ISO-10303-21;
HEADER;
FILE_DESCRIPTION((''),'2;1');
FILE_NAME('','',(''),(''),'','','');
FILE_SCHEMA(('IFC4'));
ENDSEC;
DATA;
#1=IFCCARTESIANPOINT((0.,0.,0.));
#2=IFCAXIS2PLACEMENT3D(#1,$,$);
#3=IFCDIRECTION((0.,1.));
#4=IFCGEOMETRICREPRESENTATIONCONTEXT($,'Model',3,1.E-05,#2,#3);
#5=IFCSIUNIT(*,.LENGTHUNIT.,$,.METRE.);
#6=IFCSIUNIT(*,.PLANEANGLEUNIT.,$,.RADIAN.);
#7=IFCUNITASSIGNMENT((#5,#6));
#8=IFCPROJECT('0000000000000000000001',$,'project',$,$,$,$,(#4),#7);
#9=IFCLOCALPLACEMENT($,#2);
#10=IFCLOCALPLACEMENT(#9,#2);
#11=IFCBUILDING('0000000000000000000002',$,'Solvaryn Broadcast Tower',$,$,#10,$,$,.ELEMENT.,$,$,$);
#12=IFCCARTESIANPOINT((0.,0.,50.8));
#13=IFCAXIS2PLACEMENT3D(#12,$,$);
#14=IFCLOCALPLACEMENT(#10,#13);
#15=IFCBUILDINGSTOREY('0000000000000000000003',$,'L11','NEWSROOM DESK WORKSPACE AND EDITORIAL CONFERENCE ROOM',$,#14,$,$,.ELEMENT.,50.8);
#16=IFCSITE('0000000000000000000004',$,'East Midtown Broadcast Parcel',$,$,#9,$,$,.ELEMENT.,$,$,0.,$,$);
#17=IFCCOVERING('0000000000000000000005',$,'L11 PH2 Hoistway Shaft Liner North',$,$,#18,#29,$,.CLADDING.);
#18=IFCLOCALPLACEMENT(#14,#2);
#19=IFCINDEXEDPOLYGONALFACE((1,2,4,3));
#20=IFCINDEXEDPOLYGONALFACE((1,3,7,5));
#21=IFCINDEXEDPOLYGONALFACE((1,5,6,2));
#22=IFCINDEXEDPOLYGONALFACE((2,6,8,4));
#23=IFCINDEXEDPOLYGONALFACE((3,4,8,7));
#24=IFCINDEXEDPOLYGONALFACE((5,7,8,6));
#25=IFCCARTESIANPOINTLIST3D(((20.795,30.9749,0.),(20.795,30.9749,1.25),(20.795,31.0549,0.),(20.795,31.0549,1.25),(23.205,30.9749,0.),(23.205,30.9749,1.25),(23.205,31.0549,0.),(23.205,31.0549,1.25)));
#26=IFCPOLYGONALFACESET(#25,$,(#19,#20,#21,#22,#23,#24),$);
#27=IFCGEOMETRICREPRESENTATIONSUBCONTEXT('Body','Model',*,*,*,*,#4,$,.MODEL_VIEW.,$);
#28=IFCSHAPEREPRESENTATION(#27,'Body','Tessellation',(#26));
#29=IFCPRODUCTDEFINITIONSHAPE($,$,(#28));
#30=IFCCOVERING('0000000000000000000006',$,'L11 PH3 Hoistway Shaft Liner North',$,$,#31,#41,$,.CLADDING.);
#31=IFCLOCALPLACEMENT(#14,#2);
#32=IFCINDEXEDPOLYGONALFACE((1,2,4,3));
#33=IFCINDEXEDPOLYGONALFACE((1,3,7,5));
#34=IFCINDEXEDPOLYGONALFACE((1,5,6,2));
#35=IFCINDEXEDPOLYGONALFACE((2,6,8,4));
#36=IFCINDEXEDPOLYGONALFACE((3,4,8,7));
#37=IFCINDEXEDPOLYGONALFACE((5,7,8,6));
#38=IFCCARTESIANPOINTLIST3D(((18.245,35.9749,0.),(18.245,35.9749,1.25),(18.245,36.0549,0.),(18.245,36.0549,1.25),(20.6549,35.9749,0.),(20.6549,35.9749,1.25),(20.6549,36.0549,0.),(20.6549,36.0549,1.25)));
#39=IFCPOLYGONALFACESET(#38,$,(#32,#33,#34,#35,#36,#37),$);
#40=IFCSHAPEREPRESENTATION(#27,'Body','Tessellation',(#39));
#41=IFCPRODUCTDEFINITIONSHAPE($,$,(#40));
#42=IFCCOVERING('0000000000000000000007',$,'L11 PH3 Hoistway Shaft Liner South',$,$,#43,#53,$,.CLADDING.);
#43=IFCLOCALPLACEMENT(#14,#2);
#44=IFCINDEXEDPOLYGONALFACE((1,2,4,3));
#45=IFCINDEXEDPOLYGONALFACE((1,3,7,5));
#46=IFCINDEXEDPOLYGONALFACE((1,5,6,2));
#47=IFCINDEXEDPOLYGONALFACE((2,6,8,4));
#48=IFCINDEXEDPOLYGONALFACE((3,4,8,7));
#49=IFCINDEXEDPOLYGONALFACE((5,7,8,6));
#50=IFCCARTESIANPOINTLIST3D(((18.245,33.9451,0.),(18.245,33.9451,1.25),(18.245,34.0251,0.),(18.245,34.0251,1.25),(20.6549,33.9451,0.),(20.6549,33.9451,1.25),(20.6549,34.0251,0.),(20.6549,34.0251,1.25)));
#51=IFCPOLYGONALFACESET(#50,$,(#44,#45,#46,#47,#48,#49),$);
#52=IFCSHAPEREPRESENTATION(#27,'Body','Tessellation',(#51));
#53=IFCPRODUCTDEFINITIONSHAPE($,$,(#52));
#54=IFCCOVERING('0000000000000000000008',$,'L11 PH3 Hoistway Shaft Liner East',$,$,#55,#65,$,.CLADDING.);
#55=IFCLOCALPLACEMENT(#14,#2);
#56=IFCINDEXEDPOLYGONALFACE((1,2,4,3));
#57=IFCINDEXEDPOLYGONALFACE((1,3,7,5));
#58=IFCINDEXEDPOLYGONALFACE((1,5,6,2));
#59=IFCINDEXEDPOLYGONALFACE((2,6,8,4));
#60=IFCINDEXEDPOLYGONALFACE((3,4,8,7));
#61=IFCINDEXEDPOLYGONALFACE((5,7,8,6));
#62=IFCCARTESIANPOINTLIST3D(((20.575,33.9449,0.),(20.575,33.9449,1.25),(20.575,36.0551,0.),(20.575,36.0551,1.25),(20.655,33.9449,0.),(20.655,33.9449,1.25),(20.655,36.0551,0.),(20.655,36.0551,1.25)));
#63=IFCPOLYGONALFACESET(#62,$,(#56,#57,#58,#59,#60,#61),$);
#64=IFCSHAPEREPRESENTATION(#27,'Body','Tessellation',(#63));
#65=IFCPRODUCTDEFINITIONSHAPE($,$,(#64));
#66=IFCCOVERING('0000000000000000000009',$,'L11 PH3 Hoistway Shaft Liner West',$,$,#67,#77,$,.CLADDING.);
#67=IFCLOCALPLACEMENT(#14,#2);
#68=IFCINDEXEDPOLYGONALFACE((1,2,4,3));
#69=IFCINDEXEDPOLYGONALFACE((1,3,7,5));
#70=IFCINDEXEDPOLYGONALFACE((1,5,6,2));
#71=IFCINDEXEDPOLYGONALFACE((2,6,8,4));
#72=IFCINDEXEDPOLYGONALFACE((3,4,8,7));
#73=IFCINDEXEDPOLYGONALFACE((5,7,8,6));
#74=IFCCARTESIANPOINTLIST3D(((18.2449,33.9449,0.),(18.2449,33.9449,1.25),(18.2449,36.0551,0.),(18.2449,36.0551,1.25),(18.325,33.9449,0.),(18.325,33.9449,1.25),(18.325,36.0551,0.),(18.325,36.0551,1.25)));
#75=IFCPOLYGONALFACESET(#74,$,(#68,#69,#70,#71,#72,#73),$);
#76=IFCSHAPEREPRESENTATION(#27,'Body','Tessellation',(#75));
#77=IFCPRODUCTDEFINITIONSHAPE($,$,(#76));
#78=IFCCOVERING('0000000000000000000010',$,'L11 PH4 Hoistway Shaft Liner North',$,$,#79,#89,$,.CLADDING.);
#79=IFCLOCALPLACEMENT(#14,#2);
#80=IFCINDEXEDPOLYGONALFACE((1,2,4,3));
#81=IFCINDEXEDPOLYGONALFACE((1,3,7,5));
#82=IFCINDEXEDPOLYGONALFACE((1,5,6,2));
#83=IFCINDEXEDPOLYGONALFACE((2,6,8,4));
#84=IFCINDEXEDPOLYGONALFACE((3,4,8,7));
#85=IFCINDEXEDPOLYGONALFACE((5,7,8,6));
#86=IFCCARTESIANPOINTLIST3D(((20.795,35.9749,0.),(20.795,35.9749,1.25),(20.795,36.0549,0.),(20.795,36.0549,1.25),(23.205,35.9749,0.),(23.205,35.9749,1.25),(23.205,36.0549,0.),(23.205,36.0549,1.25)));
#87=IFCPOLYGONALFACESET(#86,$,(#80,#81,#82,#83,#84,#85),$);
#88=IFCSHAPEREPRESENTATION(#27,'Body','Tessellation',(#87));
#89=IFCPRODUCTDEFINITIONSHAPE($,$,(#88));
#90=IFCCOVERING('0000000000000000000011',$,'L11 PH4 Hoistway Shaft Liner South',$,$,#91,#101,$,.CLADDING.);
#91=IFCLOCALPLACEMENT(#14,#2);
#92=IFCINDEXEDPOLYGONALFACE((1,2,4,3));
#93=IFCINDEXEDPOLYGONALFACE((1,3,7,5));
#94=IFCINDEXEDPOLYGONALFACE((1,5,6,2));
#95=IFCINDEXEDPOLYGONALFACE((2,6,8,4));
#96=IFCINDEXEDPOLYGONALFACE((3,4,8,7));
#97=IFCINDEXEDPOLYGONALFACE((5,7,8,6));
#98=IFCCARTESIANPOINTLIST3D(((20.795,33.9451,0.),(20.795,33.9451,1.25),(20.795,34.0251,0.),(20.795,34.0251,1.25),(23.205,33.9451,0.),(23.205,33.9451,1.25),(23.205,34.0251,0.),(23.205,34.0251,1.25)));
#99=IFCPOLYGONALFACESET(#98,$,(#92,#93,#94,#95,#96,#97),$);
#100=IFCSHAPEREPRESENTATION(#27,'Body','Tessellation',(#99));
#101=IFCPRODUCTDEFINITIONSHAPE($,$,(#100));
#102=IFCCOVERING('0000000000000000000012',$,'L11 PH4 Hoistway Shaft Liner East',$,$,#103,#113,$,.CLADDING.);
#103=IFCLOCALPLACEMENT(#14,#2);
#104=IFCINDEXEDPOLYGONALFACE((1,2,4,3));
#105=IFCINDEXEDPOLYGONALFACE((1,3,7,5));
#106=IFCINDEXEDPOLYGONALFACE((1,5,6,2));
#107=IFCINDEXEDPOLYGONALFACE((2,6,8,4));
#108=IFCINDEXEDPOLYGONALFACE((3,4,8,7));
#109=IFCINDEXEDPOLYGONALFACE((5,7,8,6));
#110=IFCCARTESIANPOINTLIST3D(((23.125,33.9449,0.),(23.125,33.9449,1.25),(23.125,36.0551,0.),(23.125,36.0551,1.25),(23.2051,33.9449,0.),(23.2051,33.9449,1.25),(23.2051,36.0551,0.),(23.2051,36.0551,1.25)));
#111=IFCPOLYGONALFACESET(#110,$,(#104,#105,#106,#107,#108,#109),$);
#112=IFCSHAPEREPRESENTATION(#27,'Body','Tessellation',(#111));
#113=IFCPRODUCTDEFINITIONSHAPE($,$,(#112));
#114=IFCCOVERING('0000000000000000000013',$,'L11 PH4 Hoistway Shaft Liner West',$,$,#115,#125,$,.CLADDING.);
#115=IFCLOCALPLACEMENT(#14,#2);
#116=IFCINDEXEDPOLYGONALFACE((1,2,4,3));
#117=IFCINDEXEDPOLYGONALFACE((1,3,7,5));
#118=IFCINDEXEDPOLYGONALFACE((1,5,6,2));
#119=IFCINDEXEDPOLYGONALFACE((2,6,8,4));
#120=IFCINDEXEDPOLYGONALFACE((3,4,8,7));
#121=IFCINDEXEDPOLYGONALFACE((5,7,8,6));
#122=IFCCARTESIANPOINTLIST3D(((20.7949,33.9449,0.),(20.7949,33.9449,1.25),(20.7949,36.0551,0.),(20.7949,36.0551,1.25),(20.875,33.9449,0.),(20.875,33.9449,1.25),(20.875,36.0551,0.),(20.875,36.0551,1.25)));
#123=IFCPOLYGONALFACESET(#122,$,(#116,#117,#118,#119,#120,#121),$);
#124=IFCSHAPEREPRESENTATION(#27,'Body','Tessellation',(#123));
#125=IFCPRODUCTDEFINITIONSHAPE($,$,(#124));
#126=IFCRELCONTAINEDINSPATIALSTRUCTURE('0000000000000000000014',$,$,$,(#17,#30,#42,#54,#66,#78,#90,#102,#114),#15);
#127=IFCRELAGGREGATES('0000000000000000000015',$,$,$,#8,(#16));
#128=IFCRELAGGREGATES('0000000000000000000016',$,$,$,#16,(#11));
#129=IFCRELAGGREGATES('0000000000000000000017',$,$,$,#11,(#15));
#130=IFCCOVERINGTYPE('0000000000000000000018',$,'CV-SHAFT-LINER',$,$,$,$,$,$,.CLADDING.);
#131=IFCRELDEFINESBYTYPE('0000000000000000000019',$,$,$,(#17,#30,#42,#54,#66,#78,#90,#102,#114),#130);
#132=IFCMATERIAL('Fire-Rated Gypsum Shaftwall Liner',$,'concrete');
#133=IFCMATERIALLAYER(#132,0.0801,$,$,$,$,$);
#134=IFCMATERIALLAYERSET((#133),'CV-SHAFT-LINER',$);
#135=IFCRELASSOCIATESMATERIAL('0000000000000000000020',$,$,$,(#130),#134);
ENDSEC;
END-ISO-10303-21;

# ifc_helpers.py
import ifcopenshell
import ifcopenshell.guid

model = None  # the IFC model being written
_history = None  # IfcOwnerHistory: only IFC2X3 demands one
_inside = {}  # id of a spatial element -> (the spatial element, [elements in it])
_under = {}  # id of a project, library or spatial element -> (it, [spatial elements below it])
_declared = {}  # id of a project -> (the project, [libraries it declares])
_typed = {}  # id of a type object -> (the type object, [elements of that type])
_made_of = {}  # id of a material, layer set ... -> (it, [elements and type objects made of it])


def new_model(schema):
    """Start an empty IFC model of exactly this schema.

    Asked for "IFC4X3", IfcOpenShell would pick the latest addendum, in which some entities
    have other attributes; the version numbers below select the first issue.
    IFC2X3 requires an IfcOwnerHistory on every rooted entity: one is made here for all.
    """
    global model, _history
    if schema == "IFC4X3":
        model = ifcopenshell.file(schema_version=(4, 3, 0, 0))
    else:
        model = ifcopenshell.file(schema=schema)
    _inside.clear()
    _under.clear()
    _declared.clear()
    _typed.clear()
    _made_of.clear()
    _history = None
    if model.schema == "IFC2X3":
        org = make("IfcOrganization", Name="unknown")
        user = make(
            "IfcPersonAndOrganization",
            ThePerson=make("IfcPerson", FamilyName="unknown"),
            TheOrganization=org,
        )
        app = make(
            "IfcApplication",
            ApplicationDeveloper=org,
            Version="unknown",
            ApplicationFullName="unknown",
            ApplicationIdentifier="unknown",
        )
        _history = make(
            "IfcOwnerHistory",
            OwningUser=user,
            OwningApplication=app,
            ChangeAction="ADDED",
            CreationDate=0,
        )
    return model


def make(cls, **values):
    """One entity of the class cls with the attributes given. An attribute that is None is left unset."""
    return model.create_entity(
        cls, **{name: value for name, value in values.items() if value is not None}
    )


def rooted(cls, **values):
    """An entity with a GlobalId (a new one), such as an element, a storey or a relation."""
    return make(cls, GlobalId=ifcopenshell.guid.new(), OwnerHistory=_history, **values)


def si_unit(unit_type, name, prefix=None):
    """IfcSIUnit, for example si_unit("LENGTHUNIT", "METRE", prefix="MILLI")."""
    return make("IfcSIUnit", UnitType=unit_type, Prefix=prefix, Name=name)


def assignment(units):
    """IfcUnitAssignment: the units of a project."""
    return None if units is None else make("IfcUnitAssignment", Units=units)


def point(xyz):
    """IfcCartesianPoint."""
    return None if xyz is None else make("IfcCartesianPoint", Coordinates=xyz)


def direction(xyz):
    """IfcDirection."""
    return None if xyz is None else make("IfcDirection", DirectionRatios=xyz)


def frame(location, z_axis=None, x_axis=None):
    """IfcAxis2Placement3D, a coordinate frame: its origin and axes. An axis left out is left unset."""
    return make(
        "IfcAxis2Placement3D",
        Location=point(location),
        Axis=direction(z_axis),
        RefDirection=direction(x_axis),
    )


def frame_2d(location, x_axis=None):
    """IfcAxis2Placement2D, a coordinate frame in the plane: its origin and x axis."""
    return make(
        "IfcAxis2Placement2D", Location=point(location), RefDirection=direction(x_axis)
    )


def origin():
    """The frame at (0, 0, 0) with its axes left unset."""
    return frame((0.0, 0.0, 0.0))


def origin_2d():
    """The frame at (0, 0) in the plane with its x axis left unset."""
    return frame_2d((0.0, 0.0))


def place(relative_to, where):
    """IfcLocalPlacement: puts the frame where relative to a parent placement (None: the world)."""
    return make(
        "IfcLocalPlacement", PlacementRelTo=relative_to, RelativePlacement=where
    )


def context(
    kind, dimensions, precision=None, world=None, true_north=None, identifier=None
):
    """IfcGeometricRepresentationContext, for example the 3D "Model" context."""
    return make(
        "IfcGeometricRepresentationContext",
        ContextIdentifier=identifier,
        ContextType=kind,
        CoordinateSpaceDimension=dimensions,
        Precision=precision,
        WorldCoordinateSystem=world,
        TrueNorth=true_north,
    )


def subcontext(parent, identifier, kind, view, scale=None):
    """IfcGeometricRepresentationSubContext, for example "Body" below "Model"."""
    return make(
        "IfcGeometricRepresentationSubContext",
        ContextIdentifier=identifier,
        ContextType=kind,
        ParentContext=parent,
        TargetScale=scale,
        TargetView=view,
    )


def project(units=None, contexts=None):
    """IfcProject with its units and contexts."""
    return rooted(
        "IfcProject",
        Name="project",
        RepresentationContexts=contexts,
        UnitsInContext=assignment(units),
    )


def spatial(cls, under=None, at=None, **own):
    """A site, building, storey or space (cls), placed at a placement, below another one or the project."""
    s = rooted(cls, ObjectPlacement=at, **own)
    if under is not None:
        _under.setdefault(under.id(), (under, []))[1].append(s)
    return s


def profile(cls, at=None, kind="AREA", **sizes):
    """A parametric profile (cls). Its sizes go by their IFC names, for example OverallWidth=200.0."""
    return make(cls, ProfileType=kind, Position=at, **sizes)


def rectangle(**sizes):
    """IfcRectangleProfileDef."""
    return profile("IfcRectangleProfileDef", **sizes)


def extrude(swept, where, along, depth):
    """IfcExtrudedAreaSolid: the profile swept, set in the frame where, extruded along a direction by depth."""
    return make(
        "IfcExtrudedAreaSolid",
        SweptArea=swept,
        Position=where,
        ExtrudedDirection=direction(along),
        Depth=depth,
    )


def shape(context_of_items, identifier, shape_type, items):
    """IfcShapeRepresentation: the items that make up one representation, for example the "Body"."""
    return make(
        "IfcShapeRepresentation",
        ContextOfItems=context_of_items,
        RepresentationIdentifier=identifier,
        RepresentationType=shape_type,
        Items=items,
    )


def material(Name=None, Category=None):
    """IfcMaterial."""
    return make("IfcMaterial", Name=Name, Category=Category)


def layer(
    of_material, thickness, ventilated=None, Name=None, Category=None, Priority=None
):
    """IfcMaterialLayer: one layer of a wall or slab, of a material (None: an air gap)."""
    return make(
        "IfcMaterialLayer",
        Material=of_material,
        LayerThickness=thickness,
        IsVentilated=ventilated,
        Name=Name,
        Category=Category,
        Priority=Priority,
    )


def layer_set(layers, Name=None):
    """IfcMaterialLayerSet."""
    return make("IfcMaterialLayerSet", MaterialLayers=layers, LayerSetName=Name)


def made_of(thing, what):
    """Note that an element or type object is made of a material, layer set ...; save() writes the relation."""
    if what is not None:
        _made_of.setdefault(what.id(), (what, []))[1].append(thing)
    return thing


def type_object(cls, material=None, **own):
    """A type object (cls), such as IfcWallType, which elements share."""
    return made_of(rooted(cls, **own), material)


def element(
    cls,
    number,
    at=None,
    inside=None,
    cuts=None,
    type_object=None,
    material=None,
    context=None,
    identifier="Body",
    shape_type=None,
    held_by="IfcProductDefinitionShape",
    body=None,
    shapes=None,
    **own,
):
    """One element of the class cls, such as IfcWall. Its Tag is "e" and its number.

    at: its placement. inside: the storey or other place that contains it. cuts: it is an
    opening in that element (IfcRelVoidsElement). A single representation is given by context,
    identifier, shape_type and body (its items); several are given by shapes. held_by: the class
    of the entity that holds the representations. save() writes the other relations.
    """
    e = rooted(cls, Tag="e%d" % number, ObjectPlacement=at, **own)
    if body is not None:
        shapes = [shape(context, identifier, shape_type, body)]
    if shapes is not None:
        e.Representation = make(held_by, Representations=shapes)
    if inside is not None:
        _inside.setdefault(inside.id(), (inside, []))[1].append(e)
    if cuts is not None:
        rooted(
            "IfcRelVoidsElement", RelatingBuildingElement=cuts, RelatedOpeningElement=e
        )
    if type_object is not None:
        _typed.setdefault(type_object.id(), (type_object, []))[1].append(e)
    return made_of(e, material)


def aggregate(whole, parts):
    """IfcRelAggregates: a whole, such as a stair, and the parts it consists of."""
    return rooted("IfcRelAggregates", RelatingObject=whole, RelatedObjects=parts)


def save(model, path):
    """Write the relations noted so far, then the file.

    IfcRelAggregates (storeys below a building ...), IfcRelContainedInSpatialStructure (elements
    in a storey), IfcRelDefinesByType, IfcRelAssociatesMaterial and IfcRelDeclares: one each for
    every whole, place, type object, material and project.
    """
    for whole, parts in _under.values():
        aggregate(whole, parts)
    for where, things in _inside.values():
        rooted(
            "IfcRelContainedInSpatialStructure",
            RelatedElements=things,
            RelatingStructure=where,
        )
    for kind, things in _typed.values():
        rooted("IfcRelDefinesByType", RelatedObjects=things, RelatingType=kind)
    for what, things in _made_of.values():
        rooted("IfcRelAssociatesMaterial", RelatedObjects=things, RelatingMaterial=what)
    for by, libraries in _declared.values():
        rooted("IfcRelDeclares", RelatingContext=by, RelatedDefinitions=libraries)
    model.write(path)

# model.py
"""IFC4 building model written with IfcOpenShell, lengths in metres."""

from ifc_helpers import new_model, si_unit, direction, frame, origin, origin_2d, place, context, subcontext, project, spatial, rectangle, extrude, material, layer, layer_set, type_object, element, save


model = new_model("IFC4")

# Units and contexts
model_context = context("Model", 3, precision=1e-05, world=origin(), true_north=direction((0.0, 1.0)))
body_context = subcontext(model_context, "Body", "Model", "MODEL_VIEW")
ifc_project = project(units=[si_unit("LENGTHUNIT", "METRE"), si_unit("PLANEANGLEUNIT", "RADIAN")], contexts=[model_context])

# Site, building, storey
site_placement = place(None, origin())
site = spatial("IfcSite", under=ifc_project, at=site_placement, Name="East Midtown Broadcast Parcel", CompositionType="ELEMENT", RefElevation=0.0)
building_placement = place(site_placement, origin())
building = spatial("IfcBuilding", under=site, at=building_placement, Name="Solvaryn Broadcast Tower", CompositionType="ELEMENT")
storey_placement = place(building_placement, frame((0.0, 0.0, 50.8)))
storey = spatial("IfcBuildingStorey", under=building, at=storey_placement, Name="L11", Description="NEWSROOM DESK WORKSPACE AND EDITORIAL CONFERENCE ROOM", CompositionType="ELEMENT", Elevation=50.8)

# Coverings
ifc_material_1 = material(Name="Fire-Rated Gypsum Shaftwall Liner", Category="concrete")
ifc_layer_1 = layer(ifc_material_1, 0.0801)
ifc_layer_set_1 = layer_set([ifc_layer_1], Name="CV-SHAFT-LINER")
covering_type = type_object("IfcCoveringType", Name="CV-SHAFT-LINER", PredefinedType="CLADDING", material=ifc_layer_set_1)
for number, where, z_axis, x_axis, name in (
    (1, (22.0, 31.0149, 0.0), (0.0, 0.0, 1.0), (1.0, 0.0, 0.0), "L11 PH2 Hoistway Shaft Liner North"),
    (2, (19.45, 36.0149, 0.0), (0.0, 0.0, 1.0), (1.0, 0.0, 0.0), "L11 PH3 Hoistway Shaft Liner North"),
    (3, (19.45, 33.9851, 0.0), (0.0, 0.0, 1.0), (1.0, 0.0, 0.0), "L11 PH3 Hoistway Shaft Liner South"),
):
    element("IfcCovering", number, at=place(storey_placement, frame(where, z_axis=z_axis, x_axis=x_axis)), inside=storey, type_object=covering_type, Name=name, PredefinedType="CLADDING", context=body_context, shape_type="SweptSolid", body=[
        extrude(rectangle(XDim=2.4099, YDim=0.0801, at=origin_2d()), origin(), (0.0, 0.0, 1.0), 1.25),
    ])
for number, where, z_axis, x_axis, name in (
    (4, (20.615, 35.0, 0.0), (0.0, 0.0, 1.0), (1.0, 0.0, 0.0), "L11 PH3 Hoistway Shaft Liner East"),
    (5, (18.2849, 35.0, 0.0), (0.0, 0.0, 1.0), (1.0, 0.0, 0.0), "L11 PH3 Hoistway Shaft Liner West"),
):
    element("IfcCovering", number, at=place(storey_placement, frame(where, z_axis=z_axis, x_axis=x_axis)), inside=storey, type_object=covering_type, Name=name, PredefinedType="CLADDING", context=body_context, shape_type="SweptSolid", body=[
        extrude(rectangle(XDim=0.0801, YDim=2.1101, at=origin_2d()), origin(), (0.0, 0.0, 1.0), 1.25),
    ])
for number, where, z_axis, x_axis, name in (
    (6, (22.0, 36.0149, 0.0), (0.0, 0.0, 1.0), (1.0, 0.0, 0.0), "L11 PH4 Hoistway Shaft Liner North"),
    (7, (22.0, 33.9851, 0.0), (0.0, 0.0, 1.0), (1.0, 0.0, 0.0), "L11 PH4 Hoistway Shaft Liner South"),
):
    element("IfcCovering", number, at=place(storey_placement, frame(where, z_axis=z_axis, x_axis=x_axis)), inside=storey, type_object=covering_type, Name=name, PredefinedType="CLADDING", context=body_context, shape_type="SweptSolid", body=[
        extrude(rectangle(XDim=2.4099, YDim=0.0801, at=origin_2d()), origin(), (0.0, 0.0, 1.0), 1.25),
    ])
for number, where, z_axis, x_axis, name in (
    (8, (23.165, 35.0, 0.0), (0.0, 0.0, 1.0), (1.0, 0.0, 0.0), "L11 PH4 Hoistway Shaft Liner East"),
    (9, (20.835, 35.0, 0.0), (0.0, 0.0, 1.0), (1.0, 0.0, 0.0), "L11 PH4 Hoistway Shaft Liner West"),
):
    element("IfcCovering", number, at=place(storey_placement, frame(where, z_axis=z_axis, x_axis=x_axis)), inside=storey, type_object=covering_type, Name=name, PredefinedType="CLADDING", context=body_context, shape_type="SweptSolid", body=[
        extrude(rectangle(XDim=0.0801, YDim=2.1101, at=origin_2d()), origin(), (0.0, 0.0, 1.0), 1.25),
    ])

save(model, "model.ifc")
